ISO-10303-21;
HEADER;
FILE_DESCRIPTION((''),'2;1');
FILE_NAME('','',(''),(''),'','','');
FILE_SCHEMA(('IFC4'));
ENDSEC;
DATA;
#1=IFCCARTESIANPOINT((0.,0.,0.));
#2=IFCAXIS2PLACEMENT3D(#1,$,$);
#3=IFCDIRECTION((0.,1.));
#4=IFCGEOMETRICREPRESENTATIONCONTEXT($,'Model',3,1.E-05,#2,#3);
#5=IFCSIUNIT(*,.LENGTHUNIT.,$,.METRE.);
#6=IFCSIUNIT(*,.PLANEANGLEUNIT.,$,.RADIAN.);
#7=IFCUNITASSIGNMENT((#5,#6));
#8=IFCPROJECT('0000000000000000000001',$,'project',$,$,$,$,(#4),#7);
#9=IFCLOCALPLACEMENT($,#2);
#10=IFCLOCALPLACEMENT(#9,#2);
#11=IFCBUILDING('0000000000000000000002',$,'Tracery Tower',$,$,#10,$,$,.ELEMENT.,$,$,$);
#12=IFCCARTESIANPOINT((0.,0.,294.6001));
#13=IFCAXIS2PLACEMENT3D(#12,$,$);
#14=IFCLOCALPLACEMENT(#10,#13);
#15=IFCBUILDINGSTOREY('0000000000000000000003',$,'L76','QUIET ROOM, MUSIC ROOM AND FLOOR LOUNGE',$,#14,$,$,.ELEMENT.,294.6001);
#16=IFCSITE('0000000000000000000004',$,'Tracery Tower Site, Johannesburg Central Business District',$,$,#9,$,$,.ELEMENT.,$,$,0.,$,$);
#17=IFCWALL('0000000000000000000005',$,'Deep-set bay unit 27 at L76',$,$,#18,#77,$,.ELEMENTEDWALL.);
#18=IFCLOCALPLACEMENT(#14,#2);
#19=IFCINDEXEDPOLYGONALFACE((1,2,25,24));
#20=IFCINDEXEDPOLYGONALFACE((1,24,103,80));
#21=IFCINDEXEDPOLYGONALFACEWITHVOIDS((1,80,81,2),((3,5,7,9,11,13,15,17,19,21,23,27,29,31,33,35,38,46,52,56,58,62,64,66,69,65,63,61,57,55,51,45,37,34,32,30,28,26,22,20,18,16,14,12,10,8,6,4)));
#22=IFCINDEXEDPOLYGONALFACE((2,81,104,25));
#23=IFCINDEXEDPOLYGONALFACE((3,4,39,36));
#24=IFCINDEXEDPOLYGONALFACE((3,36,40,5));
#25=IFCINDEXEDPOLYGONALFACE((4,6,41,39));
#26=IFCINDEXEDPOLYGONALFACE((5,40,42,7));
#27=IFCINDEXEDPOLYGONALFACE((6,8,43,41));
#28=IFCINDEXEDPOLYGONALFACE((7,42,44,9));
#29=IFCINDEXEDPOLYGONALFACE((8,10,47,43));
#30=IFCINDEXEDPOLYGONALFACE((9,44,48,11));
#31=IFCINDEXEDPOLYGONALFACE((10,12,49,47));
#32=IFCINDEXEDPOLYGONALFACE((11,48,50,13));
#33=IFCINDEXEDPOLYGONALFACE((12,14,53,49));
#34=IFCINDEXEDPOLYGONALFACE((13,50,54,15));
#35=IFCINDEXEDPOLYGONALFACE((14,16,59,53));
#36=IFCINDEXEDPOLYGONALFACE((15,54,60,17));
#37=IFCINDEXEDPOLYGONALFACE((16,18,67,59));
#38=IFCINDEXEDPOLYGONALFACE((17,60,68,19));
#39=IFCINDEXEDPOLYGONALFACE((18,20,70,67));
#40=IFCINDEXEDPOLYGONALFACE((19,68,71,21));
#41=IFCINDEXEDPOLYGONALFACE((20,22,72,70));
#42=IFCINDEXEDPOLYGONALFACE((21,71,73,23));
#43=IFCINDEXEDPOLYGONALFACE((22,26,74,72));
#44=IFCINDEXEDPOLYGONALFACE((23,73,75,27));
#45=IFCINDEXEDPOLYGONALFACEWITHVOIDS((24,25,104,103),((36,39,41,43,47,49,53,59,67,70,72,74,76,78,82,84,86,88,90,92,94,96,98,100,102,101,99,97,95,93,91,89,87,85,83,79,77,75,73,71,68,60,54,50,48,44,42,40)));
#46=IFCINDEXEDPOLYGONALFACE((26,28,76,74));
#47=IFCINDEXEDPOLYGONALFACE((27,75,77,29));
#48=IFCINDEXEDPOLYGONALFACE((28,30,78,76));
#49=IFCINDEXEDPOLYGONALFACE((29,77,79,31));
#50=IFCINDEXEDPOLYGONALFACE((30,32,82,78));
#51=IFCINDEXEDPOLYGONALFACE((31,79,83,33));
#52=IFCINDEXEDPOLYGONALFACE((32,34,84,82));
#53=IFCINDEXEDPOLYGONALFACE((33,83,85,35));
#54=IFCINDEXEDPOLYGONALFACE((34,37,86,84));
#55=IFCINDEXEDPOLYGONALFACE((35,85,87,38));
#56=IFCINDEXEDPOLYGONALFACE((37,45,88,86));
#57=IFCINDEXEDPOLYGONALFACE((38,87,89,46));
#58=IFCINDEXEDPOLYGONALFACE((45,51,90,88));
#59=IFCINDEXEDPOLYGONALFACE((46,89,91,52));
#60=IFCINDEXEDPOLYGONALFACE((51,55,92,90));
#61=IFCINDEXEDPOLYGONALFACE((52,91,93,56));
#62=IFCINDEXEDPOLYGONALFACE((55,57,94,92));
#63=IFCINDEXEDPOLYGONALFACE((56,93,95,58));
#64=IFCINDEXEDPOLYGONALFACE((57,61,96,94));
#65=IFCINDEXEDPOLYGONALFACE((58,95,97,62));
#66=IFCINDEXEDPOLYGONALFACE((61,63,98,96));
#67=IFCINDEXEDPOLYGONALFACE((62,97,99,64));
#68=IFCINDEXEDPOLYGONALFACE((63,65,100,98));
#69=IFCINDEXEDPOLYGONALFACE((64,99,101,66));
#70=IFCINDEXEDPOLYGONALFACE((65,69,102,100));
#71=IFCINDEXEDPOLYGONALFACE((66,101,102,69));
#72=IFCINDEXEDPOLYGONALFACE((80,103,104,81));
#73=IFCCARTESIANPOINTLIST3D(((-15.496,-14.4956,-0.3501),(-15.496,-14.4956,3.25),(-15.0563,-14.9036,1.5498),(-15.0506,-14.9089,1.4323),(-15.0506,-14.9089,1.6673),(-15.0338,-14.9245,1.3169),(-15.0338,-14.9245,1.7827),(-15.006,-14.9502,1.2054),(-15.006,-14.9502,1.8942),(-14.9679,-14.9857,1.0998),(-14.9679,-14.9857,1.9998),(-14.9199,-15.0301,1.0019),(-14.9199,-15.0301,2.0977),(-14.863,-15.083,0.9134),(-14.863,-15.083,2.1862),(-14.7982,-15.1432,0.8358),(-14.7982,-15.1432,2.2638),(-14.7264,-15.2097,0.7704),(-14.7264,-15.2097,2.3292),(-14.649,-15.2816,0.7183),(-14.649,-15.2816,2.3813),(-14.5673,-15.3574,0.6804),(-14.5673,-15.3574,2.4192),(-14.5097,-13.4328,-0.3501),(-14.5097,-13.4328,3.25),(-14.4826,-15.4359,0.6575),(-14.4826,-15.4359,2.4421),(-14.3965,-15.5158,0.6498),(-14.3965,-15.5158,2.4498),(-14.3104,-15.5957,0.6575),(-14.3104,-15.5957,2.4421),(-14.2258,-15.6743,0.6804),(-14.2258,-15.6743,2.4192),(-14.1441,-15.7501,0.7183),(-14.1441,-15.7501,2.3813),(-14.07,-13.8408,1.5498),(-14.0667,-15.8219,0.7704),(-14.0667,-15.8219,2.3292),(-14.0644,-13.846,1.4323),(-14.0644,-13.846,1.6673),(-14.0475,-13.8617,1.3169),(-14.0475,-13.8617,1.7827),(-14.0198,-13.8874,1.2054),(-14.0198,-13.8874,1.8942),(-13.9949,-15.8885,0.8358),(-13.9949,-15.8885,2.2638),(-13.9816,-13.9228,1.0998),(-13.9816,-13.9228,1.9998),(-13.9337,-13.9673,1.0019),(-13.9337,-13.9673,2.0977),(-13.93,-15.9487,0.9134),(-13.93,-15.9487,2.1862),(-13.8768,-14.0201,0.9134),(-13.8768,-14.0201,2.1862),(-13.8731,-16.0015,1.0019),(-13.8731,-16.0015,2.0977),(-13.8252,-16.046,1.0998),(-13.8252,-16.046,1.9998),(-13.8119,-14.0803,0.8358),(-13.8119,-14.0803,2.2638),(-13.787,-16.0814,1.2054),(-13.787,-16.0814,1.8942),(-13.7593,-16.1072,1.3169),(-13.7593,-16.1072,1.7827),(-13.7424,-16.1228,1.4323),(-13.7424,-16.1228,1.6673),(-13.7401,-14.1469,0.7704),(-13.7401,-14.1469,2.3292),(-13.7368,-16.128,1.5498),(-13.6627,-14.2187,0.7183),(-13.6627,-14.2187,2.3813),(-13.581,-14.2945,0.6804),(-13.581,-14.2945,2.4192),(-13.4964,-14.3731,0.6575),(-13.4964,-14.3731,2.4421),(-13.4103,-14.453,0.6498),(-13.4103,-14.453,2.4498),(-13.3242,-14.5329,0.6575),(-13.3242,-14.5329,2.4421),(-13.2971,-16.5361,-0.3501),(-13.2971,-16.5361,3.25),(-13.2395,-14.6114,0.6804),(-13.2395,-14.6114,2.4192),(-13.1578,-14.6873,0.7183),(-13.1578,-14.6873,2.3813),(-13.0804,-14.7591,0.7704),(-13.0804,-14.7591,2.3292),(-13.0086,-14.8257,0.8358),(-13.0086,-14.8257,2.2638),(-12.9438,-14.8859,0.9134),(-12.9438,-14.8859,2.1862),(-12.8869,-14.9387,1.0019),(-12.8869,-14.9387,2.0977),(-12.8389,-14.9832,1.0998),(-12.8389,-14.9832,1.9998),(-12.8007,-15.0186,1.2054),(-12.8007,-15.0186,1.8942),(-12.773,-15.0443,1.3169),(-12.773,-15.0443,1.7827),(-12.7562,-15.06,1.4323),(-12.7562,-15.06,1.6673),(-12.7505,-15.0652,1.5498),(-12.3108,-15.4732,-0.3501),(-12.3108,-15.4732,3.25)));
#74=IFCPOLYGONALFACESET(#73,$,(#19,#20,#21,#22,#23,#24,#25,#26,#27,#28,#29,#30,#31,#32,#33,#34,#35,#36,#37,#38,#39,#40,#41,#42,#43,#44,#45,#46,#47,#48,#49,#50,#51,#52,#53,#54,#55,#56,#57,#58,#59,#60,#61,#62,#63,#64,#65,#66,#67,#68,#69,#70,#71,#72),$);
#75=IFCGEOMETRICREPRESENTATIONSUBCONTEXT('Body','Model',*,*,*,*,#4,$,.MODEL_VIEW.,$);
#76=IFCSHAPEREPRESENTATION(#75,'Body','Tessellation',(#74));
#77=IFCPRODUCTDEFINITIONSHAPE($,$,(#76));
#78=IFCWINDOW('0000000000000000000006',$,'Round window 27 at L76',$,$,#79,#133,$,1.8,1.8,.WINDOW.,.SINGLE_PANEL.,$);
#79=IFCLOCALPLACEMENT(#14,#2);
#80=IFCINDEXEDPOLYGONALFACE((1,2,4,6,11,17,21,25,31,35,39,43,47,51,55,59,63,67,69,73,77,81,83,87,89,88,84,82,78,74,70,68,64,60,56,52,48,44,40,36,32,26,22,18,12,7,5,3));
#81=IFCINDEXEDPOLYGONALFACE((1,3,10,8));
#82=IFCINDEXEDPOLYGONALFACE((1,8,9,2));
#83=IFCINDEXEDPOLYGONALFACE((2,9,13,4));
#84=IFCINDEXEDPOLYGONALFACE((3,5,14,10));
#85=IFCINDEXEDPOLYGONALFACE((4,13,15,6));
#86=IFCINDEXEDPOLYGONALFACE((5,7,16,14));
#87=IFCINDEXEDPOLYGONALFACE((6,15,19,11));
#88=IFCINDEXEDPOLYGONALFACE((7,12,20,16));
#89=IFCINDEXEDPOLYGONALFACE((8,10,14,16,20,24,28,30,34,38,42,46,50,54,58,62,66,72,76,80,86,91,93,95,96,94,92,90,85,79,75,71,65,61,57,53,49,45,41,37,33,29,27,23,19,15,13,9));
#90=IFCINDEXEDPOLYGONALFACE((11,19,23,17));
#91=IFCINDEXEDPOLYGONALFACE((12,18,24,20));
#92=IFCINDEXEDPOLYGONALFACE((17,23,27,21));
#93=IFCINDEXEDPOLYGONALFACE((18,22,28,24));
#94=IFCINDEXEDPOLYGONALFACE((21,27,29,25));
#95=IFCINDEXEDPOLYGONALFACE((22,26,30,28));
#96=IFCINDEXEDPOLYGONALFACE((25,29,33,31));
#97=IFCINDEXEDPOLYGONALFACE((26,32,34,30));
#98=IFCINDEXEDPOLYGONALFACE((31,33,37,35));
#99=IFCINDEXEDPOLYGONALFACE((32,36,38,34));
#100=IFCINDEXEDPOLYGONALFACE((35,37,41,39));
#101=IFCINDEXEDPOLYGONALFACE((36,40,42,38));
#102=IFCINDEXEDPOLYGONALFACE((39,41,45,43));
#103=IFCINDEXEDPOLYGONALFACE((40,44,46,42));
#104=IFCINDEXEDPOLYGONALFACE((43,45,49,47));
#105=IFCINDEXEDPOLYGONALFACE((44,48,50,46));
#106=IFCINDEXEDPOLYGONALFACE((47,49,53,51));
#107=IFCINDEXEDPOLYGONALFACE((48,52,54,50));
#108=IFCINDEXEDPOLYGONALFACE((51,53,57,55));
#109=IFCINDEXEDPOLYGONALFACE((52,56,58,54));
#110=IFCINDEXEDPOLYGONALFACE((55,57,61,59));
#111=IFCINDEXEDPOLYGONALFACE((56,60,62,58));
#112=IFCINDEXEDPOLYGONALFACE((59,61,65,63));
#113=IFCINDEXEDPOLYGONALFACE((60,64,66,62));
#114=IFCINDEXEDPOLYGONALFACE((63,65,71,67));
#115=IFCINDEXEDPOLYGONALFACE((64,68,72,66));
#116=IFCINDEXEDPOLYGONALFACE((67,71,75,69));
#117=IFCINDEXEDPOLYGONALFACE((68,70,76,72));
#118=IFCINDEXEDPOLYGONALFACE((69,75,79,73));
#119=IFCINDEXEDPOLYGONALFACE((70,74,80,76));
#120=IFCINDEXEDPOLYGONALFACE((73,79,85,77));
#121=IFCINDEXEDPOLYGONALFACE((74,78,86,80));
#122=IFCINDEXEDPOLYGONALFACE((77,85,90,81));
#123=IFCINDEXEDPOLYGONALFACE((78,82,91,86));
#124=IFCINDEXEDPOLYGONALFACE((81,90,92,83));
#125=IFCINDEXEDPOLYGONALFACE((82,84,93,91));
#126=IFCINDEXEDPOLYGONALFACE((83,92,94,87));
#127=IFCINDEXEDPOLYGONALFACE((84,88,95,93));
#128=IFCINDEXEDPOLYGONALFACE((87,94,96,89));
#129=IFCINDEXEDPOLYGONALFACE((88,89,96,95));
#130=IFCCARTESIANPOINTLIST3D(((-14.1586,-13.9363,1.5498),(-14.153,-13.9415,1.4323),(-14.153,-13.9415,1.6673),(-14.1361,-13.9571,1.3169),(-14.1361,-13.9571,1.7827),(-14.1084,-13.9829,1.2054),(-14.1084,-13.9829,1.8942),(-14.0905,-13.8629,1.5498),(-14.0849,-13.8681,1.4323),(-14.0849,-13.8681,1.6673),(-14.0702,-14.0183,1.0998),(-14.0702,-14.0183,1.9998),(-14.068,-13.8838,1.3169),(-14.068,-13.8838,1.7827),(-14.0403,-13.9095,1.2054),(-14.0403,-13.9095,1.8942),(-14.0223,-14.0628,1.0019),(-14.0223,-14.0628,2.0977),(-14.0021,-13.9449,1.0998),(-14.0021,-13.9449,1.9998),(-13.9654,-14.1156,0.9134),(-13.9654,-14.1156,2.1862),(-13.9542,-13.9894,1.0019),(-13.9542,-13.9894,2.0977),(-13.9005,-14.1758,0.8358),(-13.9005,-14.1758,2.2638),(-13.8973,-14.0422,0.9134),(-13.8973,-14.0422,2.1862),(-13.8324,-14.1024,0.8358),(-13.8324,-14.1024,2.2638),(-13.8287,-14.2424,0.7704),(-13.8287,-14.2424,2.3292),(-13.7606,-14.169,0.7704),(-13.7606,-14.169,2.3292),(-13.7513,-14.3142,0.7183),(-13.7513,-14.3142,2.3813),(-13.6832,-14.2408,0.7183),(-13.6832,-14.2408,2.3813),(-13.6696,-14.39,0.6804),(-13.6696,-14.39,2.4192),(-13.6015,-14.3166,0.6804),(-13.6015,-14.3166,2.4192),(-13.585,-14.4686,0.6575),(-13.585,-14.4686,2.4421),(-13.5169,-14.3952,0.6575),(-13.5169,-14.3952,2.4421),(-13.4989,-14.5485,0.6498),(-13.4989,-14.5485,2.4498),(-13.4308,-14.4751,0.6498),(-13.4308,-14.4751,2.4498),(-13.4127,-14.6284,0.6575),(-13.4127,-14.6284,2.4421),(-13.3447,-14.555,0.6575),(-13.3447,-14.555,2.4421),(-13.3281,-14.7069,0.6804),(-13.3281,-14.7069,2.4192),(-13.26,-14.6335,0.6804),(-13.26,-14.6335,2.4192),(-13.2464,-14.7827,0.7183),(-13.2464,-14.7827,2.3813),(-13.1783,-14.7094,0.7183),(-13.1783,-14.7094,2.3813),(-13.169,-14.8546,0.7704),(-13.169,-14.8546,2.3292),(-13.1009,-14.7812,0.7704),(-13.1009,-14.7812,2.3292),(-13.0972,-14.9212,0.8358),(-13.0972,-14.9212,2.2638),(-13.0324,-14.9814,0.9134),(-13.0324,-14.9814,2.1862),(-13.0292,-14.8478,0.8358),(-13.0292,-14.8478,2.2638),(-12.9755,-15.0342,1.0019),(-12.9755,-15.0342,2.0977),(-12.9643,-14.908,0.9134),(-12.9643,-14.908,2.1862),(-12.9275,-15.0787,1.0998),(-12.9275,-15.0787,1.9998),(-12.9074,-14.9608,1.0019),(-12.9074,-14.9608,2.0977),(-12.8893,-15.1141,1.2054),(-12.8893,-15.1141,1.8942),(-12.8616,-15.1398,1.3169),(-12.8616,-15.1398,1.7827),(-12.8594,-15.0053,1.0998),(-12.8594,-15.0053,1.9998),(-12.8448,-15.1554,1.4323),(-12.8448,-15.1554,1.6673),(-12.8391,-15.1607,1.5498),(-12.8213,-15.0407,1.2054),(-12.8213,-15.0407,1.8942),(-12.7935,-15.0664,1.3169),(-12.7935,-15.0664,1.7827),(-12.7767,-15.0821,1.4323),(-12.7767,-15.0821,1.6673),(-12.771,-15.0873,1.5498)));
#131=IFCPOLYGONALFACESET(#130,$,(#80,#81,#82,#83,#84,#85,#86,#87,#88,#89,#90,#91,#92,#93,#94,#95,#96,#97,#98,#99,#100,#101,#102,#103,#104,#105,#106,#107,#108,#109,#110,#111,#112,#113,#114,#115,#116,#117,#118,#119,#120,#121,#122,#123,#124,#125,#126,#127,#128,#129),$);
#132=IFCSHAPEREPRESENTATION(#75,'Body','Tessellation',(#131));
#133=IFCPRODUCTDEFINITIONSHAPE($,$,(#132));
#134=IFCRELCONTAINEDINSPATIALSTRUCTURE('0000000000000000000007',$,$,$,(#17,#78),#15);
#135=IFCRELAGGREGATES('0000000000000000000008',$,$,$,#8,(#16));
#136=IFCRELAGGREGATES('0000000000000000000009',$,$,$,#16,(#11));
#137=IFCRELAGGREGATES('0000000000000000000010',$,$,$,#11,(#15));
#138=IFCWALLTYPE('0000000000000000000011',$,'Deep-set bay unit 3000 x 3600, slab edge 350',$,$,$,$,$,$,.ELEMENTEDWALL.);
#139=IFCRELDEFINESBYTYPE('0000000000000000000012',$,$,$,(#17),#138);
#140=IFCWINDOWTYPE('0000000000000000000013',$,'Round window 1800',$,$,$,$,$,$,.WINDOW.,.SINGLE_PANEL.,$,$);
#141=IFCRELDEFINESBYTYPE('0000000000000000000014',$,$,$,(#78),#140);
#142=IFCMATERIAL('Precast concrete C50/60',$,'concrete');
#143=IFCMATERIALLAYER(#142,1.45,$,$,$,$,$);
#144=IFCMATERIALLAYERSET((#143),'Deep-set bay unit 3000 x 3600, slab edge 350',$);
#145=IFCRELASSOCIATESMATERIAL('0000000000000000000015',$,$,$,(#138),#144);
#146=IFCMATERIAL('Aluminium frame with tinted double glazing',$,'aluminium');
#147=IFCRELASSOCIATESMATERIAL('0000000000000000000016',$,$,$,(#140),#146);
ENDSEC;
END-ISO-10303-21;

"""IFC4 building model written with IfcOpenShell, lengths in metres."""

from ifc_helpers import new_model, si_unit, direction, frame, frame_2d, origin, origin_2d, place, context, subcontext, project, spatial, rectangle, circle, extrude, material, layer, layer_set, type_object, element, fill, save


model = new_model("IFC4")

# Units and contexts
model_context = context("Model", 3, precision=1e-05, world=origin(), true_north=direction((0.0, 1.0)))
body_context = subcontext(model_context, "Body", "Model", "MODEL_VIEW")
ifc_project = project(units=[si_unit("LENGTHUNIT", "METRE"), si_unit("PLANEANGLEUNIT", "RADIAN")], contexts=[model_context])

# Site, building, storey
site_placement = place(None, origin())
site = spatial("IfcSite", under=ifc_project, at=site_placement, Name="Tracery Tower Site, Johannesburg Central Business District", CompositionType="ELEMENT", RefElevation=0.0)
building_placement = place(site_placement, origin())
building = spatial("IfcBuilding", under=site, at=building_placement, Name="Tracery Tower", CompositionType="ELEMENT")
storey_placement = place(building_placement, frame((0.0, 0.0, 294.6001)))
storey = spatial("IfcBuildingStorey", under=building, at=storey_placement, Name="L76", Description="QUIET ROOM, MUSIC ROOM AND FLOOR LOUNGE", CompositionType="ELEMENT", Elevation=294.6001)

# Wall, opening, window
ifc_material_1 = material(Name="Precast concrete C50/60", Category="concrete")
ifc_layer_1 = layer(ifc_material_1, 1.45)
ifc_layer_set_1 = layer_set([ifc_layer_1], Name="Deep-set bay unit 3000 x 3600, slab edge 350")
wall_type_1 = type_object("IfcWallType", Name="Deep-set bay unit 3000 x 3600, slab edge 350", PredefinedType="ELEMENTEDWALL", material=ifc_layer_set_1)
wall_1_placement = place(storey_placement, frame((-15.0029, -13.9641, -0.3501), z_axis=(0.0, 0.0, 1.0), x_axis=(0.733022, -0.680204, 0.0)))
wall_1 = element("IfcWall", 1, at=wall_1_placement, inside=storey, type_object=wall_type_1, Name="Deep-set bay unit 27 at L76", PredefinedType="ELEMENTEDWALL", context=body_context, shape_type="SweptSolid", body=[
    extrude(rectangle(XDim=2.9998, YDim=1.45, at=frame_2d((1.5, 0.0))), origin(), (0.0, 0.0, 1.0), 3.6001),
])
opening_1_placement = place(wall_1_placement, frame((1.5, 0.0, 1.8999)))
opening_1 = element("IfcOpeningElement", 2, at=opening_1_placement, cuts=wall_1, PredefinedType="OPENING", context=body_context, shape_type="SweptSolid", body=[
    extrude(circle(Radius=0.9, at=origin_2d()), frame((0.0, 0.7349, 0.0), z_axis=(0.0, -1.0, 0.0), x_axis=(1.0, 0.0, 0.0)), (0.0, 0.0, 1.0), 1.47),
])
ifc_material_2 = material(Name="Aluminium frame with tinted double glazing", Category="aluminium")
window_type = type_object("IfcWindowType", Name="Round window 1800", PartitioningType="SINGLE_PANEL", PredefinedType="WINDOW", material=ifc_material_2)
window_1_placement = place(opening_1_placement, origin())
window_1 = element("IfcWindow", 3, at=window_1_placement, inside=storey, type_object=window_type, Name="Round window 27 at L76", OverallHeight=1.8, OverallWidth=1.8, PartitioningType="SINGLE_PANEL", PredefinedType="WINDOW", context=body_context, shape_type="SweptSolid", body=[
    extrude(circle(Radius=0.9, at=origin_2d()), frame((0.0, 0.6948, 0.0), z_axis=(0.0, -1.0, 0.0), x_axis=(1.0, 0.0, 0.0)), (0.0, 0.0, 1.0), 0.1001),
])
fill(opening_1, window_1)

save(model, "model.ifc")
